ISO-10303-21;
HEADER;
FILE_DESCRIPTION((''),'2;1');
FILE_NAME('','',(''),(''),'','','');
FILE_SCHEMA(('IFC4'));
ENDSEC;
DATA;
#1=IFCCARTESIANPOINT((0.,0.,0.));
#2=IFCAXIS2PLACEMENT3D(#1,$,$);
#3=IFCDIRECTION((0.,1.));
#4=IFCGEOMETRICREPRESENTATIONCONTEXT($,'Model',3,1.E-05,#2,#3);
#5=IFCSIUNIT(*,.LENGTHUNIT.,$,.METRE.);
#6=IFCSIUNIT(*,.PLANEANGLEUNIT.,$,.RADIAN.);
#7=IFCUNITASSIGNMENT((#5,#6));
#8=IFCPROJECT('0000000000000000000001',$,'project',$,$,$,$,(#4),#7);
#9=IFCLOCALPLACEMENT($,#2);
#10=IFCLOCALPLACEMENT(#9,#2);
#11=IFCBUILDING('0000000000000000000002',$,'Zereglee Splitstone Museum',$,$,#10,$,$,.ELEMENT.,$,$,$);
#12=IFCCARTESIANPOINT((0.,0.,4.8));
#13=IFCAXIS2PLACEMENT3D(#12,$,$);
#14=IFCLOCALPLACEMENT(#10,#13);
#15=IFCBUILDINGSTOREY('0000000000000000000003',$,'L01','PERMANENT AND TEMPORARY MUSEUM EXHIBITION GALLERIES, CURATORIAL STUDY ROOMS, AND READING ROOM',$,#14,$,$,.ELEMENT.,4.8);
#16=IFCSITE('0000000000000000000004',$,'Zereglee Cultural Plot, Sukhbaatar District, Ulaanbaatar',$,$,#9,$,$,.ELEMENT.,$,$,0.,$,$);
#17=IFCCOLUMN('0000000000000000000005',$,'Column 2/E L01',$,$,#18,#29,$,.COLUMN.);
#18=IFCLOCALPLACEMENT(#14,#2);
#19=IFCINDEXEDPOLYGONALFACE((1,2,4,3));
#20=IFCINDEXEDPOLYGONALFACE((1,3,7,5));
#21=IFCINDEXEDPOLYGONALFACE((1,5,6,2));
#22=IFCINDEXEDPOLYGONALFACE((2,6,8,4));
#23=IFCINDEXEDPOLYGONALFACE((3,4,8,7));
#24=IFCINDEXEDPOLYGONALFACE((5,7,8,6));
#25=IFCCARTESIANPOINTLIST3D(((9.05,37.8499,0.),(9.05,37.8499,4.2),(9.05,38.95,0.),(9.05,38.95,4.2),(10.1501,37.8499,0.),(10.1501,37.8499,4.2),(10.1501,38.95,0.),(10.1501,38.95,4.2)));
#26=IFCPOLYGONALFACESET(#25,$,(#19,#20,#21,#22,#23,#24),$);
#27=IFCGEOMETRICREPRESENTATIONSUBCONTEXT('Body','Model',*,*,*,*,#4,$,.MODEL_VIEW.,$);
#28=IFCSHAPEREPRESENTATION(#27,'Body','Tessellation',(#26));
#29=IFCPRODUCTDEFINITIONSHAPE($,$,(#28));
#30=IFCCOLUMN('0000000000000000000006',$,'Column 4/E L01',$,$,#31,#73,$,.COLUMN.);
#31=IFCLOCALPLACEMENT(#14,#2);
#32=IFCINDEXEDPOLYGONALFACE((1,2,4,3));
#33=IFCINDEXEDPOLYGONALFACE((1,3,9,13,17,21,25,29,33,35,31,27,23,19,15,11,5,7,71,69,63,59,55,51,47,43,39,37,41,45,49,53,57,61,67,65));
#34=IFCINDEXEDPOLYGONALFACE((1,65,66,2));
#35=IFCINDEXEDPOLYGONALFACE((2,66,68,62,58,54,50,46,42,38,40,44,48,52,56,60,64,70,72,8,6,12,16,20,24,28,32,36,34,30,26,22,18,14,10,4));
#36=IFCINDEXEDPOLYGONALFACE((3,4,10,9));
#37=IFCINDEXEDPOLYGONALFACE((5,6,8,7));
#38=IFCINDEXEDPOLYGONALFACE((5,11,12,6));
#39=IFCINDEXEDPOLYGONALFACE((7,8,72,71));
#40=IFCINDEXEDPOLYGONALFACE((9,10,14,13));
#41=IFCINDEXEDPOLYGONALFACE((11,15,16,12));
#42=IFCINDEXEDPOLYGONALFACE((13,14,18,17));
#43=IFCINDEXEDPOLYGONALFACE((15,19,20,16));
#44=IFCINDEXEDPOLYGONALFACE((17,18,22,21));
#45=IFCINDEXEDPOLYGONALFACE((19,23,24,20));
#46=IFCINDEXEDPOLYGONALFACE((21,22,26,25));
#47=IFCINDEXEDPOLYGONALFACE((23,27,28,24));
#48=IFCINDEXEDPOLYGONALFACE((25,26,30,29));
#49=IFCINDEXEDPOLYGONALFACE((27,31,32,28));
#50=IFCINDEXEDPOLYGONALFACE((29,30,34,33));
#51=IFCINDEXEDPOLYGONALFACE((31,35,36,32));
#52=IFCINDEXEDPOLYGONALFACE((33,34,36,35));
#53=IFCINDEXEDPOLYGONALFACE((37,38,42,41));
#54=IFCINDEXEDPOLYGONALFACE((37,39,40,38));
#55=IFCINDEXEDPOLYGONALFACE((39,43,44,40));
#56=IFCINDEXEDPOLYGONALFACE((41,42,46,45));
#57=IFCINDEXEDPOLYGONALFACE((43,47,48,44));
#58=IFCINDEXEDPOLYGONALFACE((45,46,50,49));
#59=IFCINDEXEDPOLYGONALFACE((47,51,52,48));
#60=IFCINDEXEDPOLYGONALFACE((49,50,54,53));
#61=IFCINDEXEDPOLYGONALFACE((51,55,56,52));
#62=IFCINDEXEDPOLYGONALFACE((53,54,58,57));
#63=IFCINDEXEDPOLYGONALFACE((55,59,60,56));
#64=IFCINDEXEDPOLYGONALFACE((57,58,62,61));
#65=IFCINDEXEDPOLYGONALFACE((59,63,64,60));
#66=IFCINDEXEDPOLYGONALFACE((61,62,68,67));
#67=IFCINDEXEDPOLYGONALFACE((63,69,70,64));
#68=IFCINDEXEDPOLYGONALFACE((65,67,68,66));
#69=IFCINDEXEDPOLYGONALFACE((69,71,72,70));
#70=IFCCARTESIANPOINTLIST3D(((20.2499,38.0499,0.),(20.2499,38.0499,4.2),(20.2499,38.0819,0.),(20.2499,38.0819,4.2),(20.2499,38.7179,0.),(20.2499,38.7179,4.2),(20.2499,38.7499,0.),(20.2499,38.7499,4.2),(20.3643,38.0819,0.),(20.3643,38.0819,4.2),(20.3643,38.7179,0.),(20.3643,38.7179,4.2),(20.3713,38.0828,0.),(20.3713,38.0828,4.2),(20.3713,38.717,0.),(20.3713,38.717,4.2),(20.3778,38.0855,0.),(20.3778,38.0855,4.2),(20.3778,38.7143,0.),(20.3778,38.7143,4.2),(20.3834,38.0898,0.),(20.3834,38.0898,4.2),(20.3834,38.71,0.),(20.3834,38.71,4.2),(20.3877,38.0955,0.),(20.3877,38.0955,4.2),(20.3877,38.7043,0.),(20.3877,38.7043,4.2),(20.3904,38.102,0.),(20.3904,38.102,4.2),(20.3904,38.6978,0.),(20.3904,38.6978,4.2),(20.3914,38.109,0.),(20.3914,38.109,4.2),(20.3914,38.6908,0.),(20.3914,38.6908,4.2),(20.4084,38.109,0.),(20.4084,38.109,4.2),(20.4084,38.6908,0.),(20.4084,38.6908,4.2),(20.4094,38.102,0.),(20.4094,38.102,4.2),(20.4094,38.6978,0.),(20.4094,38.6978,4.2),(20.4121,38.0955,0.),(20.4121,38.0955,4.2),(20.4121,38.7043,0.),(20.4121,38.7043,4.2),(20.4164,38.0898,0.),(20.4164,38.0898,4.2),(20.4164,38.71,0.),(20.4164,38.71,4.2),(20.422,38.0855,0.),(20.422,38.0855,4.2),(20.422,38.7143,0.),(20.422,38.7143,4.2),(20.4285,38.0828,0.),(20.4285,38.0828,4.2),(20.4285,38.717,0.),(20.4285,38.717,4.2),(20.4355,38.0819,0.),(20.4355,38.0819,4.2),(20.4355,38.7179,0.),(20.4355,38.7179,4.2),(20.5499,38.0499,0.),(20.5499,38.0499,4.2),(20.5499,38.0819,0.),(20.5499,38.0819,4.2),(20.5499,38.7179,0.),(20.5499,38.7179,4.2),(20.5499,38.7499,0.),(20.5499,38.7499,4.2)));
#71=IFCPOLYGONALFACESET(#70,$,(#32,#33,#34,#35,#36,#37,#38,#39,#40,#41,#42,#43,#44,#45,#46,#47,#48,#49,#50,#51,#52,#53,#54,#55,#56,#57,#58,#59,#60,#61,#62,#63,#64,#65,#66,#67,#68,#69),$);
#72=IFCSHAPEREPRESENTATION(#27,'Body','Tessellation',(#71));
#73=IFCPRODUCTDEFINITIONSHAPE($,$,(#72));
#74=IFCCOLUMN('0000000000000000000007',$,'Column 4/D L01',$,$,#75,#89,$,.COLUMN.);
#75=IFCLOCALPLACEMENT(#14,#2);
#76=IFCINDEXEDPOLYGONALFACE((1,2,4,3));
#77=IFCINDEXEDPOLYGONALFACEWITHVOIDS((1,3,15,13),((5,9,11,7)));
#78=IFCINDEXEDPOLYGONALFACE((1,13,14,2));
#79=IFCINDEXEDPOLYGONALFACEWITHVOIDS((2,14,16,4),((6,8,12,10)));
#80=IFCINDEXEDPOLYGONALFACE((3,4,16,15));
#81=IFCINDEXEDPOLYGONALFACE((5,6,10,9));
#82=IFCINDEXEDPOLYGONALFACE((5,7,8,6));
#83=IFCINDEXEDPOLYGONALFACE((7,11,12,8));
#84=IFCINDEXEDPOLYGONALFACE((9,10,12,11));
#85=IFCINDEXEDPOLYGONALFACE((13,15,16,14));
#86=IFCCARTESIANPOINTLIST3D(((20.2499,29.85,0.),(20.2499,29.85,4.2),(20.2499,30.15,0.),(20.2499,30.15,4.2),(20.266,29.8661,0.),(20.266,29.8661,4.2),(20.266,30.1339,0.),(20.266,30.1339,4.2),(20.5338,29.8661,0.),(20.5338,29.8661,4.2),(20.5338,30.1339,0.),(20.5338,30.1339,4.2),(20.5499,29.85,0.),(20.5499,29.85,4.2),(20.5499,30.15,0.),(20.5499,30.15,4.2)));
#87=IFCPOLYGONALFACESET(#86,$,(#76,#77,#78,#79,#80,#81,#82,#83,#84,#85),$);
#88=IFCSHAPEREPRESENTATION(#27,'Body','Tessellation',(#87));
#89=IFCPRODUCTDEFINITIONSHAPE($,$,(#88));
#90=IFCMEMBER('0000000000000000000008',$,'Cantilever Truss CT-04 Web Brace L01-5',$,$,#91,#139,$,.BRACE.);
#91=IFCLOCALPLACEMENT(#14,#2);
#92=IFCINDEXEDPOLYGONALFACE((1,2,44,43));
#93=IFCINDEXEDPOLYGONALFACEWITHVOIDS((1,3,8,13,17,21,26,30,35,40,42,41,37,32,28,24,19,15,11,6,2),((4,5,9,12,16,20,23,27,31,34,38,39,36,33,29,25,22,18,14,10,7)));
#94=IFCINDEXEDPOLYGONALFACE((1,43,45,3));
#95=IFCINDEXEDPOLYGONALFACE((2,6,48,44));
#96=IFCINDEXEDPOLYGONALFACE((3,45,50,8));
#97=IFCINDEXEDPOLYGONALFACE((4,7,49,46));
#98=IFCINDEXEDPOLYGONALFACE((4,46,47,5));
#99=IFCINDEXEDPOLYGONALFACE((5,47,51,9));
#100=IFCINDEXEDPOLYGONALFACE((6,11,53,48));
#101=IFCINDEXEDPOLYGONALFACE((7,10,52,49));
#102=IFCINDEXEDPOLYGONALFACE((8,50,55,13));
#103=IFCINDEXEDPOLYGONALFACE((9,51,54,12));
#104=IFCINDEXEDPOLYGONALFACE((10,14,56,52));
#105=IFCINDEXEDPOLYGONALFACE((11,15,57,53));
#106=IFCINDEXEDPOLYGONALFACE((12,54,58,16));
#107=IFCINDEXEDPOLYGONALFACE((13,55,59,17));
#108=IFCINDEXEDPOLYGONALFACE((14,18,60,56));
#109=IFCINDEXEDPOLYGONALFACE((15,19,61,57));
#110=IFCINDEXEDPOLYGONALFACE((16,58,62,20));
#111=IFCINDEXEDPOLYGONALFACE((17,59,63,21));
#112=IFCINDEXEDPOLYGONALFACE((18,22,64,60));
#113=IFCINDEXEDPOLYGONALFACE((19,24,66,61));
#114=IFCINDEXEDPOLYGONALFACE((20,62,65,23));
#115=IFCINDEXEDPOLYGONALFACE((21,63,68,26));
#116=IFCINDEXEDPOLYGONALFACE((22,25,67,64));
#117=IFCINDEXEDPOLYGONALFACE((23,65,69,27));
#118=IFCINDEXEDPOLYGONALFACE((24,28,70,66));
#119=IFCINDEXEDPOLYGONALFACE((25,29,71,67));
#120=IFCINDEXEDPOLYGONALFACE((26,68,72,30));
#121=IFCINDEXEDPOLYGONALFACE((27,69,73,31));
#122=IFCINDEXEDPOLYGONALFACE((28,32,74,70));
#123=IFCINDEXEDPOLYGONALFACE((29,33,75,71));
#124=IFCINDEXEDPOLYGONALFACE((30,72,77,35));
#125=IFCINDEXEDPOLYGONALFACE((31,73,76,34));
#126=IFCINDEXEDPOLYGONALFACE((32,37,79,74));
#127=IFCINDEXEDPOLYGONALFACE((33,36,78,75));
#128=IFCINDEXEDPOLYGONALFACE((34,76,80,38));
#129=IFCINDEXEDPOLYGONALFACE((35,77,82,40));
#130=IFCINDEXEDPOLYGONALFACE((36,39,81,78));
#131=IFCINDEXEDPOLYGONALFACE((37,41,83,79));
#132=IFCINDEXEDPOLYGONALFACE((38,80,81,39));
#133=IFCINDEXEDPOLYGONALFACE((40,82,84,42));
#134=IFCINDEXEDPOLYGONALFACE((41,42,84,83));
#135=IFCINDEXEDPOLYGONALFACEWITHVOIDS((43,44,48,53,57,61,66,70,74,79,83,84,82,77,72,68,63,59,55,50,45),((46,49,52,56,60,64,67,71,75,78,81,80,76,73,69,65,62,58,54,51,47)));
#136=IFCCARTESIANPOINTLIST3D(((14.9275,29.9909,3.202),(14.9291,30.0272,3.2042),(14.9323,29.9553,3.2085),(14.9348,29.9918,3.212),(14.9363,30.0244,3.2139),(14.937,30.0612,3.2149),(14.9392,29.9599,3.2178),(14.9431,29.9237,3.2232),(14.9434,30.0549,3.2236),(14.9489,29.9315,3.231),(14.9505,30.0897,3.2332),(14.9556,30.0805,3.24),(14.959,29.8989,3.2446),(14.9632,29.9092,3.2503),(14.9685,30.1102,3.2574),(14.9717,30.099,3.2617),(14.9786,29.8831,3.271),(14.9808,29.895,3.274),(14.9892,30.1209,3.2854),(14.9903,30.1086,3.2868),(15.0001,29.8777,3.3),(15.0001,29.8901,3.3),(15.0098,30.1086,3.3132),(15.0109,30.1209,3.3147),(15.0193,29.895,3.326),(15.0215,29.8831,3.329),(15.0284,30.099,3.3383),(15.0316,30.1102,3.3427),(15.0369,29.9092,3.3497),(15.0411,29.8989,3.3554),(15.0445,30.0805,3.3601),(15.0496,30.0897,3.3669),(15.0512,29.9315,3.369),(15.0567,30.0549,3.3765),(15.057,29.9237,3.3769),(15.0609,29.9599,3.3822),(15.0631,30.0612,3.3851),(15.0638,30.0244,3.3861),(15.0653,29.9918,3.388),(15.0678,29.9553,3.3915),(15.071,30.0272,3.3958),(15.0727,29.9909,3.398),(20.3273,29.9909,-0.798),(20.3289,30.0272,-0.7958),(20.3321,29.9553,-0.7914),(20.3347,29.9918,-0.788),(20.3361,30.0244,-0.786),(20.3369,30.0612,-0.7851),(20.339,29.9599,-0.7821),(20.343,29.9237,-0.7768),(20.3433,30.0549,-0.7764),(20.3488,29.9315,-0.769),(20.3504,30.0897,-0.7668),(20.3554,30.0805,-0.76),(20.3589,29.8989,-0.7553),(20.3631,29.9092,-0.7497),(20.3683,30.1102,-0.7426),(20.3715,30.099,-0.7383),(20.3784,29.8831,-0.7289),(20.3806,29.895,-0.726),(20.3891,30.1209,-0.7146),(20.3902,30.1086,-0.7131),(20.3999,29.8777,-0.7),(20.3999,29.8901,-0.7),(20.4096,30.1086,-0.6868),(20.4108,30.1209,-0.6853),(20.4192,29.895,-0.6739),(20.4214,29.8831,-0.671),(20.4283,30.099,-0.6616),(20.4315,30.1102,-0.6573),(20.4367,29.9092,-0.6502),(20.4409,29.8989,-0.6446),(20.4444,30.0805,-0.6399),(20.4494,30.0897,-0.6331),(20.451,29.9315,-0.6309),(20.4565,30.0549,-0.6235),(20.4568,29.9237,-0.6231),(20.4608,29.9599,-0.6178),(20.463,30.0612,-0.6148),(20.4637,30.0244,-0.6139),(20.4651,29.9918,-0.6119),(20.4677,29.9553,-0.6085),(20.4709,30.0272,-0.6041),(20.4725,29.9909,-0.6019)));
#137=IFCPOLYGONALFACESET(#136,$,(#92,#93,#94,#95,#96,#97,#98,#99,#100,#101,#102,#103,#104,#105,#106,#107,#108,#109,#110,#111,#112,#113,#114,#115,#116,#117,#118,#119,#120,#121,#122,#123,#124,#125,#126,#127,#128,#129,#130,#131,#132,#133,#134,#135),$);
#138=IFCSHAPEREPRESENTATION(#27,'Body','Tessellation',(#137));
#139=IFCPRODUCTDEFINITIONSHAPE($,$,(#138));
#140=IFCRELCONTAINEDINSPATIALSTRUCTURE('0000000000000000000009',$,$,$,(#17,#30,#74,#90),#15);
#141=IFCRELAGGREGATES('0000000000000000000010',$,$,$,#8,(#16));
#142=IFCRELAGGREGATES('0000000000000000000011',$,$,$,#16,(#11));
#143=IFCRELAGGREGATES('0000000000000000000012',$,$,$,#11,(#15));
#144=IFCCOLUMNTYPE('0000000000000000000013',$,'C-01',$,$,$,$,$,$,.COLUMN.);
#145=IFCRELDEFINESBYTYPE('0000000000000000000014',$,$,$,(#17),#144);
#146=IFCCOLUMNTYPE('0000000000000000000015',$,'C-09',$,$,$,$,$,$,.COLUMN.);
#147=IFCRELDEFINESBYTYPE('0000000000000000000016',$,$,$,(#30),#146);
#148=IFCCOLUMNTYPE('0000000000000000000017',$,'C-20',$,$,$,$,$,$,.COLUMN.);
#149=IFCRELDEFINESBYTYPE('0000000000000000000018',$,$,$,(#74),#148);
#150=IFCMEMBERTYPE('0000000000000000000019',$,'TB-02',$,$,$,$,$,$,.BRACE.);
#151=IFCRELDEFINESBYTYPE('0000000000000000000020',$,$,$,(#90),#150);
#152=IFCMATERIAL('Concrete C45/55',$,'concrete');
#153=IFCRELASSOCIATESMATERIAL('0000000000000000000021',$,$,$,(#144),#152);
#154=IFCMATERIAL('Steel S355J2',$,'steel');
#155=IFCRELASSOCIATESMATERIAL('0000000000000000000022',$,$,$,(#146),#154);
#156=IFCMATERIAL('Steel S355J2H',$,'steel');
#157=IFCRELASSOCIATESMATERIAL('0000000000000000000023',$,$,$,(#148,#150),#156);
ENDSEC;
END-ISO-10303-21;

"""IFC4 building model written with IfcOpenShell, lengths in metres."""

from ifc_helpers import new_model, si_unit, direction, frame, origin, origin_2d, place, context, subcontext, project, spatial, rectangle, hollow_rectangle, hollow_circle, i_section, extrude, material, material_profile, profile_set, type_object, element, save


model = new_model("IFC4")

# Units and contexts
model_context = context("Model", 3, precision=1e-05, world=origin(), true_north=direction((0.0, 1.0)))
body_context = subcontext(model_context, "Body", "Model", "MODEL_VIEW")
ifc_project = project(units=[si_unit("LENGTHUNIT", "METRE"), si_unit("PLANEANGLEUNIT", "RADIAN")], contexts=[model_context])

# Site, building, storey
site_placement = place(None, origin())
site = spatial("IfcSite", under=ifc_project, at=site_placement, Name="Zereglee Cultural Plot, Sukhbaatar District, Ulaanbaatar", CompositionType="ELEMENT", RefElevation=0.0)
building_placement = place(site_placement, origin())
building = spatial("IfcBuilding", under=site, at=building_placement, Name="Zereglee Splitstone Museum", CompositionType="ELEMENT")
storey_placement = place(building_placement, frame((0.0, 0.0, 4.8)))
storey = spatial("IfcBuildingStorey", under=building, at=storey_placement, Name="L01", Description="PERMANENT AND TEMPORARY MUSEUM EXHIBITION GALLERIES, CURATORIAL STUDY ROOMS, AND READING ROOM", CompositionType="ELEMENT", Elevation=4.8)

# Columns
ifc_material_1 = material(Name="Concrete C45/55", Category="concrete")
ifc_material_profile_1 = material_profile(ifc_material_1, rectangle(XDim=1.1001, YDim=1.1001, at=origin_2d()), Name="RC 1100x1100")
ifc_profile_set_1 = profile_set([ifc_material_profile_1], Name="Concrete C45/55")
column_type_1 = type_object("IfcColumnType", Name="C-01", PredefinedType="COLUMN", material=ifc_profile_set_1)
column_1_placement = place(storey_placement, frame((9.6001, 38.3999, 0.0), z_axis=(0.0, 0.0, 1.0), x_axis=(1.0, 0.0, 0.0)))
element("IfcColumn", 1, at=column_1_placement, inside=storey, type_object=column_type_1, Name="Column 2/E L01", PredefinedType="COLUMN", context=body_context, shape_type="SweptSolid", body=[
    extrude(rectangle(XDim=1.1001, YDim=1.1001, at=origin_2d()), origin(), (0.0, 0.0, 1.0), 4.2),
])
ifc_material_2 = material(Name="Steel S355J2", Category="steel")
ifc_material_profile_2 = material_profile(ifc_material_2, i_section(OverallWidth=0.3, OverallDepth=0.7, WebThickness=0.0171, FlangeThickness=0.032, FilletRadius=0.0271, at=origin_2d()), Name="HE 700 B")
ifc_profile_set_2 = profile_set([ifc_material_profile_2], Name="Steel S355J2")
column_type_2 = type_object("IfcColumnType", Name="C-09", PredefinedType="COLUMN", material=ifc_profile_set_2)
column_2_placement = place(storey_placement, frame((20.3999, 38.3999, 0.0), z_axis=(0.0, 0.0, 1.0), x_axis=(1.0, 0.0, 0.0)))
element("IfcColumn", 2, at=column_2_placement, inside=storey, type_object=column_type_2, Name="Column 4/E L01", PredefinedType="COLUMN", context=body_context, shape_type="SweptSolid", body=[
    extrude(i_section(OverallWidth=0.3, OverallDepth=0.7, WebThickness=0.0171, FlangeThickness=0.032, FilletRadius=0.0271, at=origin_2d()), origin(), (0.0, 0.0, 1.0), 4.2),
])
ifc_material_3 = material(Name="Steel S355J2H", Category="steel")
ifc_material_profile_3 = material_profile(ifc_material_3, hollow_rectangle(XDim=0.3, YDim=0.3, WallThickness=0.0161, at=origin_2d()), Name="SHS 300x300x16")
ifc_profile_set_3 = profile_set([ifc_material_profile_3], Name="Steel S355J2H")
column_type_3 = type_object("IfcColumnType", Name="C-20", PredefinedType="COLUMN", material=ifc_profile_set_3)
column_3_placement = place(storey_placement, frame((20.3999, 30.0, 0.0), z_axis=(0.0, 0.0, 1.0), x_axis=(1.0, 0.0, 0.0)))
element("IfcColumn", 3, at=column_3_placement, inside=storey, type_object=column_type_3, Name="Column 4/D L01", PredefinedType="COLUMN", context=body_context, shape_type="SweptSolid", body=[
    extrude(hollow_rectangle(XDim=0.3, YDim=0.3, WallThickness=0.0161, at=origin_2d()), origin(), (0.0, 0.0, 1.0), 4.2),
])

# Member
ifc_material_profile_4 = material_profile(ifc_material_3, hollow_circle(Radius=0.1223, WallThickness=0.0125, at=origin_2d()), Name="CHS 244.5x12.5")
ifc_profile_set_4 = profile_set([ifc_material_profile_4], Name="Steel S355J2H")
member_type_1 = type_object("IfcMemberType", Name="TB-02", PredefinedType="BRACE", material=ifc_profile_set_4)
member_1_placement = place(storey_placement, frame((20.3999, 30.0, -0.7), z_axis=(-0.803552, 0.0, 0.595235), x_axis=(0.0, -1.0, 0.0)))
element("IfcMember", 4, at=member_1_placement, inside=storey, type_object=member_type_1, Name="Cantilever Truss CT-04 Web Brace L01-5", PredefinedType="BRACE", context=body_context, shape_type="SweptSolid", body=[
    extrude(hollow_circle(Radius=0.1223, WallThickness=0.0125, at=origin_2d()), origin(), (0.0, 0.0, 1.0), 6.72),
])

save(model, "model.ifc")
